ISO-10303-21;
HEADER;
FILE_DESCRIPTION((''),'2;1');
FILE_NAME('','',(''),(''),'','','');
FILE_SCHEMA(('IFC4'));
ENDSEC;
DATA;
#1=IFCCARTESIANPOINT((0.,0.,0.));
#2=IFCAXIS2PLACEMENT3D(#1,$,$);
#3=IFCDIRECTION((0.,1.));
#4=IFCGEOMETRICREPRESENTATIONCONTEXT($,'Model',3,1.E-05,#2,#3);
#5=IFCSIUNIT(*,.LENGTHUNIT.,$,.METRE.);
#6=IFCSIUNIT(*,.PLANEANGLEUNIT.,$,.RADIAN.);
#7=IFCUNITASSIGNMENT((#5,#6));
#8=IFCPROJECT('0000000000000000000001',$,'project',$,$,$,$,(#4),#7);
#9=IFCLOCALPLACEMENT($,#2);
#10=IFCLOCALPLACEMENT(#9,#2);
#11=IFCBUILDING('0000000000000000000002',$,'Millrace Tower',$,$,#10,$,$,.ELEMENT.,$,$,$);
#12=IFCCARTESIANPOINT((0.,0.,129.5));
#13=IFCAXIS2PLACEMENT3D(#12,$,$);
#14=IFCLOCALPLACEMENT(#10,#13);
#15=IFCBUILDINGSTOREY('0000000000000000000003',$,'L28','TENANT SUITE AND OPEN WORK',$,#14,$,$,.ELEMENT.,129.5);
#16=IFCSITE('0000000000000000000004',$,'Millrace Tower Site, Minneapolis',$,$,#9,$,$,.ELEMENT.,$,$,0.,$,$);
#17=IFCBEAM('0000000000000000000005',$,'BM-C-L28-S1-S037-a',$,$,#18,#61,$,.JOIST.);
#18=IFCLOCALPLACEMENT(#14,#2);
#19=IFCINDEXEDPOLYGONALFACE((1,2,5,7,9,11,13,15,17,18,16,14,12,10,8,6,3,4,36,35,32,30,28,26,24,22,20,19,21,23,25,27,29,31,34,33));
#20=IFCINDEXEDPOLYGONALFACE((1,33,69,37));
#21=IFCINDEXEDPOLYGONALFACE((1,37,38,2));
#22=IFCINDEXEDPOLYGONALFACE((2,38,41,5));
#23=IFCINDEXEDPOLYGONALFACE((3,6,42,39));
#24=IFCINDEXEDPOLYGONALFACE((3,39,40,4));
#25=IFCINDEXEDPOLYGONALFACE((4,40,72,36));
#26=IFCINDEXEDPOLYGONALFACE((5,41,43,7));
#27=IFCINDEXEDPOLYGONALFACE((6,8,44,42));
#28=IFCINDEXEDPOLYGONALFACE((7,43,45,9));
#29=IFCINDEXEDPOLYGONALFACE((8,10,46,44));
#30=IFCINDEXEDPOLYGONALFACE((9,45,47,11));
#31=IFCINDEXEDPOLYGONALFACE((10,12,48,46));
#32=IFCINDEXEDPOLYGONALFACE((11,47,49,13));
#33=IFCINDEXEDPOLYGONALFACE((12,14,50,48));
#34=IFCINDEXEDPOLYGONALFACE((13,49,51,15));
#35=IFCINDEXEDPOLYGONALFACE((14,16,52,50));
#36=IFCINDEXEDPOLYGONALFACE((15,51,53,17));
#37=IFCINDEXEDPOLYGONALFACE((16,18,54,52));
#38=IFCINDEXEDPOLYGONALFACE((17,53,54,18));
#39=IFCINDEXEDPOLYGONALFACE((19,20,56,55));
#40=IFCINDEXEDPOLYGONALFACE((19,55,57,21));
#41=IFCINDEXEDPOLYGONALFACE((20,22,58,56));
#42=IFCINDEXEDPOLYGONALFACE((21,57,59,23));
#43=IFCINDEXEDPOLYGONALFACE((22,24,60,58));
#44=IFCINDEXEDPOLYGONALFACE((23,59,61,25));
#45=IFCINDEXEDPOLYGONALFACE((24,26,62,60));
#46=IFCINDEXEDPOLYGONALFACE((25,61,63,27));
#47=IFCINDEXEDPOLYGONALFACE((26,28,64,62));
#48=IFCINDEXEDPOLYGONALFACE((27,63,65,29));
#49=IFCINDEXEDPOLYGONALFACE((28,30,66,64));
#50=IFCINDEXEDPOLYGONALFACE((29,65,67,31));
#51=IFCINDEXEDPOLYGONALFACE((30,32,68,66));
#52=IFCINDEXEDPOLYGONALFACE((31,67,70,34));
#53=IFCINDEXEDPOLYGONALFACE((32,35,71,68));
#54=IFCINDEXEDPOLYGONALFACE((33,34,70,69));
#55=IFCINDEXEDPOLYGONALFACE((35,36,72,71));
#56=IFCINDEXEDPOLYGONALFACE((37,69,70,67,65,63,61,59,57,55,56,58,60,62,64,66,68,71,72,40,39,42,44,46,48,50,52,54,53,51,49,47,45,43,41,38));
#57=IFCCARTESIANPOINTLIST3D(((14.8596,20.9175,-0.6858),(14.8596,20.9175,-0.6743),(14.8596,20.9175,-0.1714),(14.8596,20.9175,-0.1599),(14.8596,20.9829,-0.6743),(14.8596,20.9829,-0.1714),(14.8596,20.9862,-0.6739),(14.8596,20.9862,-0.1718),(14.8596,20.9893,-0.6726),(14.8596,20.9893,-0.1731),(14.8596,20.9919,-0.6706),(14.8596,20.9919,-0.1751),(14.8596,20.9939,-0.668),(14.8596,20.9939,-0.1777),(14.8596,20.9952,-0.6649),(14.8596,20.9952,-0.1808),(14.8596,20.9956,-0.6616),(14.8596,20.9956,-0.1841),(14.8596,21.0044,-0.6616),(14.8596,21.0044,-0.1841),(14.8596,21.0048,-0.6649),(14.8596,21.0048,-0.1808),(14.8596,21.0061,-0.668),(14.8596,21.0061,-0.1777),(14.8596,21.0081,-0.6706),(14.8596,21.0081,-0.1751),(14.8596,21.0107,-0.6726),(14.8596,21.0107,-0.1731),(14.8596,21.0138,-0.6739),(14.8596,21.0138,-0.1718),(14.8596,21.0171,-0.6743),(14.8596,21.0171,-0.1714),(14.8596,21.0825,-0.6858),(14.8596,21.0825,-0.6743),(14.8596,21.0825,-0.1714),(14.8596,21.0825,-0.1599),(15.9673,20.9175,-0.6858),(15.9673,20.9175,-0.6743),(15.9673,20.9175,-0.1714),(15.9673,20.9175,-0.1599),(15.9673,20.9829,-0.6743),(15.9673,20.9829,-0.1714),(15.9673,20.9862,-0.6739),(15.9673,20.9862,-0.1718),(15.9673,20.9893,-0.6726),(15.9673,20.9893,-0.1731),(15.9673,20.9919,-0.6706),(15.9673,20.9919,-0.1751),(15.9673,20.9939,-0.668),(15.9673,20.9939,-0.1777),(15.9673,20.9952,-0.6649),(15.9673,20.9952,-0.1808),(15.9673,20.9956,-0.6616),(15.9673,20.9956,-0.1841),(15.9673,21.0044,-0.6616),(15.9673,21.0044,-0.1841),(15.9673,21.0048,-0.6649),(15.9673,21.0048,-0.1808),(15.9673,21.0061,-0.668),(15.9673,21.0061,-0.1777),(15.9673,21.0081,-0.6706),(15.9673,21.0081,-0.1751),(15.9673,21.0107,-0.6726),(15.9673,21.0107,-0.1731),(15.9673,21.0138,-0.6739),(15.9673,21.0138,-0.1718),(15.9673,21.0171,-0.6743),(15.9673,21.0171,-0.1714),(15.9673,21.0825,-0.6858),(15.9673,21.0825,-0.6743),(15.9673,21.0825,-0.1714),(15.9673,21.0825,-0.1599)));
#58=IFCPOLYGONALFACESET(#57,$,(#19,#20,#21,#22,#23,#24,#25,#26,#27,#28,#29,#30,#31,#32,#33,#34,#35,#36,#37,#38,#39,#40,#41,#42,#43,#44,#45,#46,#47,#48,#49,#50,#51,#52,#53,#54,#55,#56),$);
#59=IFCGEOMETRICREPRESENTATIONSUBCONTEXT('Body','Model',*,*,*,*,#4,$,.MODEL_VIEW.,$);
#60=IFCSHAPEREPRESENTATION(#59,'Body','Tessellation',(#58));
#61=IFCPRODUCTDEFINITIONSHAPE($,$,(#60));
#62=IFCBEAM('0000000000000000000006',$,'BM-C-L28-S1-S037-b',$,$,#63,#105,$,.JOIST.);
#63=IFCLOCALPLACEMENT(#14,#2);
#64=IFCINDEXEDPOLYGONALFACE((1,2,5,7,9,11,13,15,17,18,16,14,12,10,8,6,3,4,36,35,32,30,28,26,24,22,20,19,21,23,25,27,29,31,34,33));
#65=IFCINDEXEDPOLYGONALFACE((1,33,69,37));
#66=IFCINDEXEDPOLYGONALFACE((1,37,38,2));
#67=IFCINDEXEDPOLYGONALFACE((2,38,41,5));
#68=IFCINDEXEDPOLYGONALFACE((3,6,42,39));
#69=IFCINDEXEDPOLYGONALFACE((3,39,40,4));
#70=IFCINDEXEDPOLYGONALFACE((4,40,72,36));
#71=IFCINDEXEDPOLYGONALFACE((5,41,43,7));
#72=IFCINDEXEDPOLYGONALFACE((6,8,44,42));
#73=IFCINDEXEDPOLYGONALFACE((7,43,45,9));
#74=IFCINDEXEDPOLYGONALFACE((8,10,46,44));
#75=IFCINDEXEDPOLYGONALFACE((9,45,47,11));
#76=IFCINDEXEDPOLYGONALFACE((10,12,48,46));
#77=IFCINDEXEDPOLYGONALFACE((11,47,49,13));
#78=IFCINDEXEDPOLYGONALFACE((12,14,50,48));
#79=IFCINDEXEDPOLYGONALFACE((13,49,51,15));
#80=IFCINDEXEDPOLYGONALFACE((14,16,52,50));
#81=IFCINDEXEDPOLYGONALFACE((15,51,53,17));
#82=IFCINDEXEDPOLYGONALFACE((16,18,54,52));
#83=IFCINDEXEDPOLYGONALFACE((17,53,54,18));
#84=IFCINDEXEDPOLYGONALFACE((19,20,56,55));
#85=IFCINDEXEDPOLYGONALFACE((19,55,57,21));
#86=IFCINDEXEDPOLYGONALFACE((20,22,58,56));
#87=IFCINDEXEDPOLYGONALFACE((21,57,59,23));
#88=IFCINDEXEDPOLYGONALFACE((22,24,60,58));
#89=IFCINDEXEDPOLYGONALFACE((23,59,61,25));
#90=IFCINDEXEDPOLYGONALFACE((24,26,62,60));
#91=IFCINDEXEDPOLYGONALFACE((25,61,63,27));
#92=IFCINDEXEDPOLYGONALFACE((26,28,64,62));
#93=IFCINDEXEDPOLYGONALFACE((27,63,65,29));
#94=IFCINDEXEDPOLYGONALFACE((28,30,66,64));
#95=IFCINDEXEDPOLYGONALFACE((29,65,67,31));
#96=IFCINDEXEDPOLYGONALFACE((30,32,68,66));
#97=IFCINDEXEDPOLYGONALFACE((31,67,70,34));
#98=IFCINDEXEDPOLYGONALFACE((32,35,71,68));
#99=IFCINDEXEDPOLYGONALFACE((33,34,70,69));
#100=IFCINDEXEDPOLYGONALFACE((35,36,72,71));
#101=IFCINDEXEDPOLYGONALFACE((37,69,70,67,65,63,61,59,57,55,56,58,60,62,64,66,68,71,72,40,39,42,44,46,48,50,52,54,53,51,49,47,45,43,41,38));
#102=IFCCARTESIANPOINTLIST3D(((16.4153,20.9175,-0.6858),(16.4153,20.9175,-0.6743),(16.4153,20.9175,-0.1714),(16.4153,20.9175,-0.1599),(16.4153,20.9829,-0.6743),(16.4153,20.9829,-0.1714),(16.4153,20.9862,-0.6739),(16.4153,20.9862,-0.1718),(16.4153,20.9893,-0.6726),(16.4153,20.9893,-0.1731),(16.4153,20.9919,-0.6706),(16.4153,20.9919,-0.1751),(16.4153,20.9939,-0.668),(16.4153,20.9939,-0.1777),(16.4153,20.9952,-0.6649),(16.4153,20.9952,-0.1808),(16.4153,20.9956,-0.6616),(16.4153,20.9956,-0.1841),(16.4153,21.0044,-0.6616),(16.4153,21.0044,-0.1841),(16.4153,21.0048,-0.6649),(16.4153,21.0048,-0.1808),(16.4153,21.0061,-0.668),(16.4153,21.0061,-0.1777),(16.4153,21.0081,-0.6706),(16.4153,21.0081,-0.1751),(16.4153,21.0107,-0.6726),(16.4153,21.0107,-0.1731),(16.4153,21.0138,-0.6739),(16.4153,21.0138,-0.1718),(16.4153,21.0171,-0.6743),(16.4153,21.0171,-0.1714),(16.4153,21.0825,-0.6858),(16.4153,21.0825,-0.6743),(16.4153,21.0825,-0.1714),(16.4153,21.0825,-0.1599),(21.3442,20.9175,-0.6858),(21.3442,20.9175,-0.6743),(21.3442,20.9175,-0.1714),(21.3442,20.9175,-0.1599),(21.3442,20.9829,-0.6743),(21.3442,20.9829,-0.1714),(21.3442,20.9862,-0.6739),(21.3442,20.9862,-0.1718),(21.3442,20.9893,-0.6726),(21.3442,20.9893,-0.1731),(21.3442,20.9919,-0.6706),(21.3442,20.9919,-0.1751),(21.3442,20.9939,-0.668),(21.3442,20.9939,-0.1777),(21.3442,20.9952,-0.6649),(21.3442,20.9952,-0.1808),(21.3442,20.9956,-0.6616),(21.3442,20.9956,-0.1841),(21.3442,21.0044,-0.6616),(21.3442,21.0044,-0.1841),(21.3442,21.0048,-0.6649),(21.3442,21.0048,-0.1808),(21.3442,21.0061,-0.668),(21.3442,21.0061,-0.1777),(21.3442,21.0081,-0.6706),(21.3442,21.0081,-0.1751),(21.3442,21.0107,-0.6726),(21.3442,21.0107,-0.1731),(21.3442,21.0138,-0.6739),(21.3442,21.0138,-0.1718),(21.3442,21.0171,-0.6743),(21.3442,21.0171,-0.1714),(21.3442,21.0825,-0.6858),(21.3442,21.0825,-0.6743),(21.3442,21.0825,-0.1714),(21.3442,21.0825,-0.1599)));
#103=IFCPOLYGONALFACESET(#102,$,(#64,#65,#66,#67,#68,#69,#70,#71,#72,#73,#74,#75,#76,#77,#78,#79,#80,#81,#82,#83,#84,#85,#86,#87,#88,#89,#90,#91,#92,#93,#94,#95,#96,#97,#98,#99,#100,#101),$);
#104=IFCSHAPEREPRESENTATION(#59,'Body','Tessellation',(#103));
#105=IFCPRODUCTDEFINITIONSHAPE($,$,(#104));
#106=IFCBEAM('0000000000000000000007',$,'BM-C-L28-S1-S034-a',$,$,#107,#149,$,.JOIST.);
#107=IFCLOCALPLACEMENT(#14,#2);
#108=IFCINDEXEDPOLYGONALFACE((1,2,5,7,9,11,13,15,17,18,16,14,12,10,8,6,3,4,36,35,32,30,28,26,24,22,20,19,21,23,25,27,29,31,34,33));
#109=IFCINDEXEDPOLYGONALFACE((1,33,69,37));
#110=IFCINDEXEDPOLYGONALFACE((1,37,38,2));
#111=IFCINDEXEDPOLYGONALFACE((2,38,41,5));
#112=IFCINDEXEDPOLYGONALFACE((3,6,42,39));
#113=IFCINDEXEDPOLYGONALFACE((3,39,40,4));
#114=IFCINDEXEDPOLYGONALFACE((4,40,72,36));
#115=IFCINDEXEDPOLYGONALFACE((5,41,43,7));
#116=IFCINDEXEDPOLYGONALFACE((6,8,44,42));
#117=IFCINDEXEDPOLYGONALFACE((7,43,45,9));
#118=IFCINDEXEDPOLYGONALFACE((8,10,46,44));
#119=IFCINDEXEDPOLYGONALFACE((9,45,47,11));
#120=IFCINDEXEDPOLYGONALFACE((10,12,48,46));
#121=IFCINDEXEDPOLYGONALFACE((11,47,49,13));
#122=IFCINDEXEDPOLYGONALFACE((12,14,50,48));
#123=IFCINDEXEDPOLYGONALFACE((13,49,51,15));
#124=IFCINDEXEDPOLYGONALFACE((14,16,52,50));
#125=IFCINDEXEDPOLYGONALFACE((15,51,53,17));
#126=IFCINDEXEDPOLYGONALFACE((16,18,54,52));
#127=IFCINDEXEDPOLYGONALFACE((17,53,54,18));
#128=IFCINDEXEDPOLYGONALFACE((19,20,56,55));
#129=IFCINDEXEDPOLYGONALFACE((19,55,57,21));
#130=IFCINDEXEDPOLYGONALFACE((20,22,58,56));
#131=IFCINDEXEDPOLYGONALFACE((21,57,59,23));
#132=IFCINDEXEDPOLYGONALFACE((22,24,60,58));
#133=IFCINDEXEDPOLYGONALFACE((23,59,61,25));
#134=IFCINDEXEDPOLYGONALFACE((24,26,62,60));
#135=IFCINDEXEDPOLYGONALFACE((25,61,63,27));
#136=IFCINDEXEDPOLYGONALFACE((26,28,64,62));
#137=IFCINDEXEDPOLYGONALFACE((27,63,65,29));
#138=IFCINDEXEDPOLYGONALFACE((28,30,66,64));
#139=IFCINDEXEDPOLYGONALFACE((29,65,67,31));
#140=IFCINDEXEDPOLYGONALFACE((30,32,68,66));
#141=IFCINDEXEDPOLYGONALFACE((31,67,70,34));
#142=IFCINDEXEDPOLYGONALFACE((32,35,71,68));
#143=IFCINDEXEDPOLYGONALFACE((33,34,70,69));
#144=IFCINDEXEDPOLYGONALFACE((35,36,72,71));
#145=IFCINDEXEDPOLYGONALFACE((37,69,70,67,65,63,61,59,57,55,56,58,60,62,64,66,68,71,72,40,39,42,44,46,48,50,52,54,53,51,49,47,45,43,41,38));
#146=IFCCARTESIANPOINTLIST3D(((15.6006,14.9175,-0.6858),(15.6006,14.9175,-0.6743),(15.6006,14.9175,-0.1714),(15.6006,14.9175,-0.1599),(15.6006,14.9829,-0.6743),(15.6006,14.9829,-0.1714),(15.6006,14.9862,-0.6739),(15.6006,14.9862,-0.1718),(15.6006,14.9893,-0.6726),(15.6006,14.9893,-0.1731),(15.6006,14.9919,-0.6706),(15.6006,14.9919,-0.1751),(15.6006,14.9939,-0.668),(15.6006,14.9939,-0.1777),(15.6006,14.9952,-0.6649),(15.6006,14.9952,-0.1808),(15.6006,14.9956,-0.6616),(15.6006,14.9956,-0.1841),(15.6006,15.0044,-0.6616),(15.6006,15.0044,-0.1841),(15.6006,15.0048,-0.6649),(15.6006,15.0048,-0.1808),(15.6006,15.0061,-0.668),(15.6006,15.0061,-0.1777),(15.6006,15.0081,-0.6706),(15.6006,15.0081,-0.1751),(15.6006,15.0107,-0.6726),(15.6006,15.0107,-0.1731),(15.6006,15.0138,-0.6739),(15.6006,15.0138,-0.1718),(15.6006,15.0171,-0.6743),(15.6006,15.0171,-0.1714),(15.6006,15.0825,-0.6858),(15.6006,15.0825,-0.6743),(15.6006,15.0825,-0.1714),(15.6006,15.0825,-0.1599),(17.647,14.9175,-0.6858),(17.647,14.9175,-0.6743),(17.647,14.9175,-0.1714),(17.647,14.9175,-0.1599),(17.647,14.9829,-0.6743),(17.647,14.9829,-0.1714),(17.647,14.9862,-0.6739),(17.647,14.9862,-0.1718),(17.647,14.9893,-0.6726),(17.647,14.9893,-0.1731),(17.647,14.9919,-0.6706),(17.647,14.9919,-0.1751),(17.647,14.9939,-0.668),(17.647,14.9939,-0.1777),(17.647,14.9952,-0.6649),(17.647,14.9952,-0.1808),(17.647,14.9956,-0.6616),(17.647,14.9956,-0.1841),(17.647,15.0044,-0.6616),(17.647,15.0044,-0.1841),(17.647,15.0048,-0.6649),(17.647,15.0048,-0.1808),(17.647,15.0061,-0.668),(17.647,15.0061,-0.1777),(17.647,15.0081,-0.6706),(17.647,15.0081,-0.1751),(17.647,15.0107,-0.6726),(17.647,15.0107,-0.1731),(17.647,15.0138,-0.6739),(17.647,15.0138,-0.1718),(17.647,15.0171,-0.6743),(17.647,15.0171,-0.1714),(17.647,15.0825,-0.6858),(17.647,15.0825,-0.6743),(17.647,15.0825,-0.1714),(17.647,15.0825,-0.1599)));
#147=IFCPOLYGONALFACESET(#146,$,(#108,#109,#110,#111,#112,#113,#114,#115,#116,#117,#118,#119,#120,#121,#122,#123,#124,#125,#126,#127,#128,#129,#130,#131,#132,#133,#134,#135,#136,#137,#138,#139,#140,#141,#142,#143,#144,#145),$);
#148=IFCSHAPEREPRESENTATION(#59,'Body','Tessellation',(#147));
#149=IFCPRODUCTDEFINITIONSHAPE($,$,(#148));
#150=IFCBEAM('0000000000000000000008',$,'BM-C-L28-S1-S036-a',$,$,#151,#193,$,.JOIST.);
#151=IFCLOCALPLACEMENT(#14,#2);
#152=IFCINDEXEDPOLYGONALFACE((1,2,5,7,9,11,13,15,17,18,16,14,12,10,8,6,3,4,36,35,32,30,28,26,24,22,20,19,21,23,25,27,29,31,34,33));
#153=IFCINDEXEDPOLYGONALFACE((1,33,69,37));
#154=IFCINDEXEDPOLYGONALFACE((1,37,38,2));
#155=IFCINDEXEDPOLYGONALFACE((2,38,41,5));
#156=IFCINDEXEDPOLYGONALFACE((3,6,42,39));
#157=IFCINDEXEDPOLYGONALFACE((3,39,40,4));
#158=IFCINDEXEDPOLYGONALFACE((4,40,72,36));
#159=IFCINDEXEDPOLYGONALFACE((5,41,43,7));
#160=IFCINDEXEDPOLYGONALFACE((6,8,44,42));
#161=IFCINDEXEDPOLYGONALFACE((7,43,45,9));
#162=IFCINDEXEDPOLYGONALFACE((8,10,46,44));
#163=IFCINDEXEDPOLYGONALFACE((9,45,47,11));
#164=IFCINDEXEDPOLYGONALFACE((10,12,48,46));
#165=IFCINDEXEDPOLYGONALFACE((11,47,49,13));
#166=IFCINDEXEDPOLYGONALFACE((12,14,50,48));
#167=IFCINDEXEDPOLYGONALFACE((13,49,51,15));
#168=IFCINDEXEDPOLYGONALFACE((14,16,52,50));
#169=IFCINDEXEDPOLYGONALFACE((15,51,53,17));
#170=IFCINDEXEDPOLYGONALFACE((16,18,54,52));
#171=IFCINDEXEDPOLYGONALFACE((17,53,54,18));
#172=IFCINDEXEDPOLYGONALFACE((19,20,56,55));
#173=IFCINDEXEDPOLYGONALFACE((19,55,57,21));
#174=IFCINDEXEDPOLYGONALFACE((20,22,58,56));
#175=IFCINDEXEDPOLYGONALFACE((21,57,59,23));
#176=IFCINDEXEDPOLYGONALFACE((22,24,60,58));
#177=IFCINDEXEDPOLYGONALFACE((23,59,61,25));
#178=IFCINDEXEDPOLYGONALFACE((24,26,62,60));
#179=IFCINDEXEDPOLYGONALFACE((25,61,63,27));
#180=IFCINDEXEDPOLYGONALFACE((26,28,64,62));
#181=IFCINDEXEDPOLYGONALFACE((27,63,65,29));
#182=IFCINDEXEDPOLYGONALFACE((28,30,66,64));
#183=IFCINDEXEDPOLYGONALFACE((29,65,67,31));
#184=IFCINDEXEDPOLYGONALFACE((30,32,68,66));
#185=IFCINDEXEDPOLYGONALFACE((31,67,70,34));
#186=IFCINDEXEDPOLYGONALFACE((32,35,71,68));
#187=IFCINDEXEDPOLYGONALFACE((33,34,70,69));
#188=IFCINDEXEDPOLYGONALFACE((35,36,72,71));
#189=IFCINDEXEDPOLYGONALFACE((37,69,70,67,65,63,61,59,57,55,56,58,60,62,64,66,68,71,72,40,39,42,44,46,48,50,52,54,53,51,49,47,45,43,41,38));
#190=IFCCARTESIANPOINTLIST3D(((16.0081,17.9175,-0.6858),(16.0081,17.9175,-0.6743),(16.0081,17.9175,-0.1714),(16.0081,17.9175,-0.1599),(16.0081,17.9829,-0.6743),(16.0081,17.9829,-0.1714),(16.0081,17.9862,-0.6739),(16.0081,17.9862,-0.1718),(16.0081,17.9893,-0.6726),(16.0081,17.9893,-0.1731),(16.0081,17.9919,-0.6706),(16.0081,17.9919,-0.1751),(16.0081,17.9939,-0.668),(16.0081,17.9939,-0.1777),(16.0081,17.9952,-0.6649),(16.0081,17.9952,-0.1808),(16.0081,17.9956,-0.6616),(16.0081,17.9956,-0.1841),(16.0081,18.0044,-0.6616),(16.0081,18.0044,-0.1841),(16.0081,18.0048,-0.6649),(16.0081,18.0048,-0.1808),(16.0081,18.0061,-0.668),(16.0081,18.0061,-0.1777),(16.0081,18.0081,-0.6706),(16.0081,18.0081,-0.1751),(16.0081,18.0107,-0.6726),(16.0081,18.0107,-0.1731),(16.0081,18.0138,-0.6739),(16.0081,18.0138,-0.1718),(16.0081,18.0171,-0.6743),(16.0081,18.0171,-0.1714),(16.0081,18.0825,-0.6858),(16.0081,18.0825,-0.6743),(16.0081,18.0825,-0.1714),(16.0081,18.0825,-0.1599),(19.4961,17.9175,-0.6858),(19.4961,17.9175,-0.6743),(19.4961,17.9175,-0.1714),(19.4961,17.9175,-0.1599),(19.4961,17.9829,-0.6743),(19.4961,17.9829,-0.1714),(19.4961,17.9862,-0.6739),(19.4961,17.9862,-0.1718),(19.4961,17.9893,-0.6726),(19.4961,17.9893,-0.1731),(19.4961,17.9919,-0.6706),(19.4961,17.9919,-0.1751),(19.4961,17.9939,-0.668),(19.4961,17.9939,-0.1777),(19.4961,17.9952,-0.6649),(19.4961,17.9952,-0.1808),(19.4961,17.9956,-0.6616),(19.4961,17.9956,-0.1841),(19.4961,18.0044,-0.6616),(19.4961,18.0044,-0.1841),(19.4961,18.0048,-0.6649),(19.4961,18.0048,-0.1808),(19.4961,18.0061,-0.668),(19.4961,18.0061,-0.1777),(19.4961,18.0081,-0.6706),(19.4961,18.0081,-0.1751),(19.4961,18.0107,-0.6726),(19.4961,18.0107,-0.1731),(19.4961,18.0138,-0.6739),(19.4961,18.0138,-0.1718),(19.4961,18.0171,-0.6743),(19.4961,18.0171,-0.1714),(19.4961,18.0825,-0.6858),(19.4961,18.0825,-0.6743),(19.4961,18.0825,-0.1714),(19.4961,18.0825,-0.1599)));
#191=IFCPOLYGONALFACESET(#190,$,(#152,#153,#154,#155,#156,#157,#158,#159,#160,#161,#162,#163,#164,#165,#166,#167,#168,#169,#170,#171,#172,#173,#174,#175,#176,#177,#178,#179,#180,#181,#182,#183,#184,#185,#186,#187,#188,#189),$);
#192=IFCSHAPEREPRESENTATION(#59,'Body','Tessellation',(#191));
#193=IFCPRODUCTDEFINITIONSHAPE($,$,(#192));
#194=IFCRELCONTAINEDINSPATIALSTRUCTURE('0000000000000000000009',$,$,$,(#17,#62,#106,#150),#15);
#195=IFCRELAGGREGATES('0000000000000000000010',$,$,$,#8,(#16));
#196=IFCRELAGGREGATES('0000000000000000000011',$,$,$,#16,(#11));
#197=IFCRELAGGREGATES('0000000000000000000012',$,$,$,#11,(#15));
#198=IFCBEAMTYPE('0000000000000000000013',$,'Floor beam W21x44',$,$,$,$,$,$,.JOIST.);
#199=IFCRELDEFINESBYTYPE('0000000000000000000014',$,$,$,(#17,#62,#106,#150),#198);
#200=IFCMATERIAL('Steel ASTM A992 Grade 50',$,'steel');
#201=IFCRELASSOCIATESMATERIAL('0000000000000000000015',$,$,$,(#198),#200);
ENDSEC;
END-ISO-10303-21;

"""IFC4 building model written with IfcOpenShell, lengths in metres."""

from ifc_helpers import new_model, si_unit, direction, frame, origin, origin_2d, place, context, subcontext, project, spatial, i_section, extrude, material, material_profile, profile_set, type_object, element, save


model = new_model("IFC4")

# Units and contexts
model_context = context("Model", 3, precision=1e-05, world=origin(), true_north=direction((0.0, 1.0)))
body_context = subcontext(model_context, "Body", "Model", "MODEL_VIEW")
ifc_project = project(units=[si_unit("LENGTHUNIT", "METRE"), si_unit("PLANEANGLEUNIT", "RADIAN")], contexts=[model_context])

# Site, building, storey
site_placement = place(None, origin())
site = spatial("IfcSite", under=ifc_project, at=site_placement, Name="Millrace Tower Site, Minneapolis", CompositionType="ELEMENT", RefElevation=0.0)
building_placement = place(site_placement, origin())
building = spatial("IfcBuilding", under=site, at=building_placement, Name="Millrace Tower", CompositionType="ELEMENT")
storey_placement = place(building_placement, frame((0.0, 0.0, 129.5)))
storey = spatial("IfcBuildingStorey", under=building, at=storey_placement, Name="L28", Description="TENANT SUITE AND OPEN WORK", CompositionType="ELEMENT", Elevation=129.5)

# Beams
ifc_material_1 = material(Name="Steel ASTM A992 Grade 50", Category="steel")
ifc_material_profile_1 = material_profile(ifc_material_1, i_section(OverallWidth=0.165, OverallDepth=0.5259, WebThickness=0.0088, FlangeThickness=0.0115, FilletRadius=0.0127, at=origin_2d()))
ifc_profile_set_1 = profile_set([ifc_material_profile_1], Name="Steel ASTM A992 Grade 50")
beam_type_1 = type_object("IfcBeamType", Name="Floor beam W21x44", PredefinedType="JOIST", material=ifc_profile_set_1)
beam_1_placement = place(storey_placement, frame((14.8596, 21.0, -0.4229), z_axis=(1.0, 0.0, 0.0), x_axis=(0.0, 1.0, 0.0)))
element("IfcBeam", 1, at=beam_1_placement, inside=storey, type_object=beam_type_1, Name="BM-C-L28-S1-S037-a", PredefinedType="JOIST", context=body_context, shape_type="SweptSolid", body=[
    extrude(i_section(OverallWidth=0.165, OverallDepth=0.5259, WebThickness=0.0088, FlangeThickness=0.0115, FilletRadius=0.0127, at=origin_2d()), origin(), (0.0, 0.0, 1.0), 1.1077),
])
beam_2_placement = place(storey_placement, frame((16.4153, 21.0, -0.4229), z_axis=(1.0, 0.0, 0.0), x_axis=(0.0, 1.0, 0.0)))
element("IfcBeam", 2, at=beam_2_placement, inside=storey, type_object=beam_type_1, Name="BM-C-L28-S1-S037-b", PredefinedType="JOIST", context=body_context, shape_type="SweptSolid", body=[
    extrude(i_section(OverallWidth=0.165, OverallDepth=0.5259, WebThickness=0.0088, FlangeThickness=0.0115, FilletRadius=0.0127, at=origin_2d()), origin(), (0.0, 0.0, 1.0), 4.929),
])
beam_3_placement = place(storey_placement, frame((15.6006, 15.0, -0.4229), z_axis=(1.0, 0.0, 0.0), x_axis=(0.0, 1.0, 0.0)))
element("IfcBeam", 3, at=beam_3_placement, inside=storey, type_object=beam_type_1, Name="BM-C-L28-S1-S034-a", PredefinedType="JOIST", context=body_context, shape_type="SweptSolid", body=[
    extrude(i_section(OverallWidth=0.165, OverallDepth=0.5259, WebThickness=0.0088, FlangeThickness=0.0115, FilletRadius=0.0127, at=origin_2d()), origin(), (0.0, 0.0, 1.0), 2.0464),
])
beam_4_placement = place(storey_placement, frame((16.0081, 18.0, -0.4229), z_axis=(1.0, 0.0, 0.0), x_axis=(0.0, 1.0, 0.0)))
element("IfcBeam", 4, at=beam_4_placement, inside=storey, type_object=beam_type_1, Name="BM-C-L28-S1-S036-a", PredefinedType="JOIST", context=body_context, shape_type="SweptSolid", body=[
    extrude(i_section(OverallWidth=0.165, OverallDepth=0.5259, WebThickness=0.0088, FlangeThickness=0.0115, FilletRadius=0.0127, at=origin_2d()), origin(), (0.0, 0.0, 1.0), 3.488),
])

save(model, "model.ifc")
